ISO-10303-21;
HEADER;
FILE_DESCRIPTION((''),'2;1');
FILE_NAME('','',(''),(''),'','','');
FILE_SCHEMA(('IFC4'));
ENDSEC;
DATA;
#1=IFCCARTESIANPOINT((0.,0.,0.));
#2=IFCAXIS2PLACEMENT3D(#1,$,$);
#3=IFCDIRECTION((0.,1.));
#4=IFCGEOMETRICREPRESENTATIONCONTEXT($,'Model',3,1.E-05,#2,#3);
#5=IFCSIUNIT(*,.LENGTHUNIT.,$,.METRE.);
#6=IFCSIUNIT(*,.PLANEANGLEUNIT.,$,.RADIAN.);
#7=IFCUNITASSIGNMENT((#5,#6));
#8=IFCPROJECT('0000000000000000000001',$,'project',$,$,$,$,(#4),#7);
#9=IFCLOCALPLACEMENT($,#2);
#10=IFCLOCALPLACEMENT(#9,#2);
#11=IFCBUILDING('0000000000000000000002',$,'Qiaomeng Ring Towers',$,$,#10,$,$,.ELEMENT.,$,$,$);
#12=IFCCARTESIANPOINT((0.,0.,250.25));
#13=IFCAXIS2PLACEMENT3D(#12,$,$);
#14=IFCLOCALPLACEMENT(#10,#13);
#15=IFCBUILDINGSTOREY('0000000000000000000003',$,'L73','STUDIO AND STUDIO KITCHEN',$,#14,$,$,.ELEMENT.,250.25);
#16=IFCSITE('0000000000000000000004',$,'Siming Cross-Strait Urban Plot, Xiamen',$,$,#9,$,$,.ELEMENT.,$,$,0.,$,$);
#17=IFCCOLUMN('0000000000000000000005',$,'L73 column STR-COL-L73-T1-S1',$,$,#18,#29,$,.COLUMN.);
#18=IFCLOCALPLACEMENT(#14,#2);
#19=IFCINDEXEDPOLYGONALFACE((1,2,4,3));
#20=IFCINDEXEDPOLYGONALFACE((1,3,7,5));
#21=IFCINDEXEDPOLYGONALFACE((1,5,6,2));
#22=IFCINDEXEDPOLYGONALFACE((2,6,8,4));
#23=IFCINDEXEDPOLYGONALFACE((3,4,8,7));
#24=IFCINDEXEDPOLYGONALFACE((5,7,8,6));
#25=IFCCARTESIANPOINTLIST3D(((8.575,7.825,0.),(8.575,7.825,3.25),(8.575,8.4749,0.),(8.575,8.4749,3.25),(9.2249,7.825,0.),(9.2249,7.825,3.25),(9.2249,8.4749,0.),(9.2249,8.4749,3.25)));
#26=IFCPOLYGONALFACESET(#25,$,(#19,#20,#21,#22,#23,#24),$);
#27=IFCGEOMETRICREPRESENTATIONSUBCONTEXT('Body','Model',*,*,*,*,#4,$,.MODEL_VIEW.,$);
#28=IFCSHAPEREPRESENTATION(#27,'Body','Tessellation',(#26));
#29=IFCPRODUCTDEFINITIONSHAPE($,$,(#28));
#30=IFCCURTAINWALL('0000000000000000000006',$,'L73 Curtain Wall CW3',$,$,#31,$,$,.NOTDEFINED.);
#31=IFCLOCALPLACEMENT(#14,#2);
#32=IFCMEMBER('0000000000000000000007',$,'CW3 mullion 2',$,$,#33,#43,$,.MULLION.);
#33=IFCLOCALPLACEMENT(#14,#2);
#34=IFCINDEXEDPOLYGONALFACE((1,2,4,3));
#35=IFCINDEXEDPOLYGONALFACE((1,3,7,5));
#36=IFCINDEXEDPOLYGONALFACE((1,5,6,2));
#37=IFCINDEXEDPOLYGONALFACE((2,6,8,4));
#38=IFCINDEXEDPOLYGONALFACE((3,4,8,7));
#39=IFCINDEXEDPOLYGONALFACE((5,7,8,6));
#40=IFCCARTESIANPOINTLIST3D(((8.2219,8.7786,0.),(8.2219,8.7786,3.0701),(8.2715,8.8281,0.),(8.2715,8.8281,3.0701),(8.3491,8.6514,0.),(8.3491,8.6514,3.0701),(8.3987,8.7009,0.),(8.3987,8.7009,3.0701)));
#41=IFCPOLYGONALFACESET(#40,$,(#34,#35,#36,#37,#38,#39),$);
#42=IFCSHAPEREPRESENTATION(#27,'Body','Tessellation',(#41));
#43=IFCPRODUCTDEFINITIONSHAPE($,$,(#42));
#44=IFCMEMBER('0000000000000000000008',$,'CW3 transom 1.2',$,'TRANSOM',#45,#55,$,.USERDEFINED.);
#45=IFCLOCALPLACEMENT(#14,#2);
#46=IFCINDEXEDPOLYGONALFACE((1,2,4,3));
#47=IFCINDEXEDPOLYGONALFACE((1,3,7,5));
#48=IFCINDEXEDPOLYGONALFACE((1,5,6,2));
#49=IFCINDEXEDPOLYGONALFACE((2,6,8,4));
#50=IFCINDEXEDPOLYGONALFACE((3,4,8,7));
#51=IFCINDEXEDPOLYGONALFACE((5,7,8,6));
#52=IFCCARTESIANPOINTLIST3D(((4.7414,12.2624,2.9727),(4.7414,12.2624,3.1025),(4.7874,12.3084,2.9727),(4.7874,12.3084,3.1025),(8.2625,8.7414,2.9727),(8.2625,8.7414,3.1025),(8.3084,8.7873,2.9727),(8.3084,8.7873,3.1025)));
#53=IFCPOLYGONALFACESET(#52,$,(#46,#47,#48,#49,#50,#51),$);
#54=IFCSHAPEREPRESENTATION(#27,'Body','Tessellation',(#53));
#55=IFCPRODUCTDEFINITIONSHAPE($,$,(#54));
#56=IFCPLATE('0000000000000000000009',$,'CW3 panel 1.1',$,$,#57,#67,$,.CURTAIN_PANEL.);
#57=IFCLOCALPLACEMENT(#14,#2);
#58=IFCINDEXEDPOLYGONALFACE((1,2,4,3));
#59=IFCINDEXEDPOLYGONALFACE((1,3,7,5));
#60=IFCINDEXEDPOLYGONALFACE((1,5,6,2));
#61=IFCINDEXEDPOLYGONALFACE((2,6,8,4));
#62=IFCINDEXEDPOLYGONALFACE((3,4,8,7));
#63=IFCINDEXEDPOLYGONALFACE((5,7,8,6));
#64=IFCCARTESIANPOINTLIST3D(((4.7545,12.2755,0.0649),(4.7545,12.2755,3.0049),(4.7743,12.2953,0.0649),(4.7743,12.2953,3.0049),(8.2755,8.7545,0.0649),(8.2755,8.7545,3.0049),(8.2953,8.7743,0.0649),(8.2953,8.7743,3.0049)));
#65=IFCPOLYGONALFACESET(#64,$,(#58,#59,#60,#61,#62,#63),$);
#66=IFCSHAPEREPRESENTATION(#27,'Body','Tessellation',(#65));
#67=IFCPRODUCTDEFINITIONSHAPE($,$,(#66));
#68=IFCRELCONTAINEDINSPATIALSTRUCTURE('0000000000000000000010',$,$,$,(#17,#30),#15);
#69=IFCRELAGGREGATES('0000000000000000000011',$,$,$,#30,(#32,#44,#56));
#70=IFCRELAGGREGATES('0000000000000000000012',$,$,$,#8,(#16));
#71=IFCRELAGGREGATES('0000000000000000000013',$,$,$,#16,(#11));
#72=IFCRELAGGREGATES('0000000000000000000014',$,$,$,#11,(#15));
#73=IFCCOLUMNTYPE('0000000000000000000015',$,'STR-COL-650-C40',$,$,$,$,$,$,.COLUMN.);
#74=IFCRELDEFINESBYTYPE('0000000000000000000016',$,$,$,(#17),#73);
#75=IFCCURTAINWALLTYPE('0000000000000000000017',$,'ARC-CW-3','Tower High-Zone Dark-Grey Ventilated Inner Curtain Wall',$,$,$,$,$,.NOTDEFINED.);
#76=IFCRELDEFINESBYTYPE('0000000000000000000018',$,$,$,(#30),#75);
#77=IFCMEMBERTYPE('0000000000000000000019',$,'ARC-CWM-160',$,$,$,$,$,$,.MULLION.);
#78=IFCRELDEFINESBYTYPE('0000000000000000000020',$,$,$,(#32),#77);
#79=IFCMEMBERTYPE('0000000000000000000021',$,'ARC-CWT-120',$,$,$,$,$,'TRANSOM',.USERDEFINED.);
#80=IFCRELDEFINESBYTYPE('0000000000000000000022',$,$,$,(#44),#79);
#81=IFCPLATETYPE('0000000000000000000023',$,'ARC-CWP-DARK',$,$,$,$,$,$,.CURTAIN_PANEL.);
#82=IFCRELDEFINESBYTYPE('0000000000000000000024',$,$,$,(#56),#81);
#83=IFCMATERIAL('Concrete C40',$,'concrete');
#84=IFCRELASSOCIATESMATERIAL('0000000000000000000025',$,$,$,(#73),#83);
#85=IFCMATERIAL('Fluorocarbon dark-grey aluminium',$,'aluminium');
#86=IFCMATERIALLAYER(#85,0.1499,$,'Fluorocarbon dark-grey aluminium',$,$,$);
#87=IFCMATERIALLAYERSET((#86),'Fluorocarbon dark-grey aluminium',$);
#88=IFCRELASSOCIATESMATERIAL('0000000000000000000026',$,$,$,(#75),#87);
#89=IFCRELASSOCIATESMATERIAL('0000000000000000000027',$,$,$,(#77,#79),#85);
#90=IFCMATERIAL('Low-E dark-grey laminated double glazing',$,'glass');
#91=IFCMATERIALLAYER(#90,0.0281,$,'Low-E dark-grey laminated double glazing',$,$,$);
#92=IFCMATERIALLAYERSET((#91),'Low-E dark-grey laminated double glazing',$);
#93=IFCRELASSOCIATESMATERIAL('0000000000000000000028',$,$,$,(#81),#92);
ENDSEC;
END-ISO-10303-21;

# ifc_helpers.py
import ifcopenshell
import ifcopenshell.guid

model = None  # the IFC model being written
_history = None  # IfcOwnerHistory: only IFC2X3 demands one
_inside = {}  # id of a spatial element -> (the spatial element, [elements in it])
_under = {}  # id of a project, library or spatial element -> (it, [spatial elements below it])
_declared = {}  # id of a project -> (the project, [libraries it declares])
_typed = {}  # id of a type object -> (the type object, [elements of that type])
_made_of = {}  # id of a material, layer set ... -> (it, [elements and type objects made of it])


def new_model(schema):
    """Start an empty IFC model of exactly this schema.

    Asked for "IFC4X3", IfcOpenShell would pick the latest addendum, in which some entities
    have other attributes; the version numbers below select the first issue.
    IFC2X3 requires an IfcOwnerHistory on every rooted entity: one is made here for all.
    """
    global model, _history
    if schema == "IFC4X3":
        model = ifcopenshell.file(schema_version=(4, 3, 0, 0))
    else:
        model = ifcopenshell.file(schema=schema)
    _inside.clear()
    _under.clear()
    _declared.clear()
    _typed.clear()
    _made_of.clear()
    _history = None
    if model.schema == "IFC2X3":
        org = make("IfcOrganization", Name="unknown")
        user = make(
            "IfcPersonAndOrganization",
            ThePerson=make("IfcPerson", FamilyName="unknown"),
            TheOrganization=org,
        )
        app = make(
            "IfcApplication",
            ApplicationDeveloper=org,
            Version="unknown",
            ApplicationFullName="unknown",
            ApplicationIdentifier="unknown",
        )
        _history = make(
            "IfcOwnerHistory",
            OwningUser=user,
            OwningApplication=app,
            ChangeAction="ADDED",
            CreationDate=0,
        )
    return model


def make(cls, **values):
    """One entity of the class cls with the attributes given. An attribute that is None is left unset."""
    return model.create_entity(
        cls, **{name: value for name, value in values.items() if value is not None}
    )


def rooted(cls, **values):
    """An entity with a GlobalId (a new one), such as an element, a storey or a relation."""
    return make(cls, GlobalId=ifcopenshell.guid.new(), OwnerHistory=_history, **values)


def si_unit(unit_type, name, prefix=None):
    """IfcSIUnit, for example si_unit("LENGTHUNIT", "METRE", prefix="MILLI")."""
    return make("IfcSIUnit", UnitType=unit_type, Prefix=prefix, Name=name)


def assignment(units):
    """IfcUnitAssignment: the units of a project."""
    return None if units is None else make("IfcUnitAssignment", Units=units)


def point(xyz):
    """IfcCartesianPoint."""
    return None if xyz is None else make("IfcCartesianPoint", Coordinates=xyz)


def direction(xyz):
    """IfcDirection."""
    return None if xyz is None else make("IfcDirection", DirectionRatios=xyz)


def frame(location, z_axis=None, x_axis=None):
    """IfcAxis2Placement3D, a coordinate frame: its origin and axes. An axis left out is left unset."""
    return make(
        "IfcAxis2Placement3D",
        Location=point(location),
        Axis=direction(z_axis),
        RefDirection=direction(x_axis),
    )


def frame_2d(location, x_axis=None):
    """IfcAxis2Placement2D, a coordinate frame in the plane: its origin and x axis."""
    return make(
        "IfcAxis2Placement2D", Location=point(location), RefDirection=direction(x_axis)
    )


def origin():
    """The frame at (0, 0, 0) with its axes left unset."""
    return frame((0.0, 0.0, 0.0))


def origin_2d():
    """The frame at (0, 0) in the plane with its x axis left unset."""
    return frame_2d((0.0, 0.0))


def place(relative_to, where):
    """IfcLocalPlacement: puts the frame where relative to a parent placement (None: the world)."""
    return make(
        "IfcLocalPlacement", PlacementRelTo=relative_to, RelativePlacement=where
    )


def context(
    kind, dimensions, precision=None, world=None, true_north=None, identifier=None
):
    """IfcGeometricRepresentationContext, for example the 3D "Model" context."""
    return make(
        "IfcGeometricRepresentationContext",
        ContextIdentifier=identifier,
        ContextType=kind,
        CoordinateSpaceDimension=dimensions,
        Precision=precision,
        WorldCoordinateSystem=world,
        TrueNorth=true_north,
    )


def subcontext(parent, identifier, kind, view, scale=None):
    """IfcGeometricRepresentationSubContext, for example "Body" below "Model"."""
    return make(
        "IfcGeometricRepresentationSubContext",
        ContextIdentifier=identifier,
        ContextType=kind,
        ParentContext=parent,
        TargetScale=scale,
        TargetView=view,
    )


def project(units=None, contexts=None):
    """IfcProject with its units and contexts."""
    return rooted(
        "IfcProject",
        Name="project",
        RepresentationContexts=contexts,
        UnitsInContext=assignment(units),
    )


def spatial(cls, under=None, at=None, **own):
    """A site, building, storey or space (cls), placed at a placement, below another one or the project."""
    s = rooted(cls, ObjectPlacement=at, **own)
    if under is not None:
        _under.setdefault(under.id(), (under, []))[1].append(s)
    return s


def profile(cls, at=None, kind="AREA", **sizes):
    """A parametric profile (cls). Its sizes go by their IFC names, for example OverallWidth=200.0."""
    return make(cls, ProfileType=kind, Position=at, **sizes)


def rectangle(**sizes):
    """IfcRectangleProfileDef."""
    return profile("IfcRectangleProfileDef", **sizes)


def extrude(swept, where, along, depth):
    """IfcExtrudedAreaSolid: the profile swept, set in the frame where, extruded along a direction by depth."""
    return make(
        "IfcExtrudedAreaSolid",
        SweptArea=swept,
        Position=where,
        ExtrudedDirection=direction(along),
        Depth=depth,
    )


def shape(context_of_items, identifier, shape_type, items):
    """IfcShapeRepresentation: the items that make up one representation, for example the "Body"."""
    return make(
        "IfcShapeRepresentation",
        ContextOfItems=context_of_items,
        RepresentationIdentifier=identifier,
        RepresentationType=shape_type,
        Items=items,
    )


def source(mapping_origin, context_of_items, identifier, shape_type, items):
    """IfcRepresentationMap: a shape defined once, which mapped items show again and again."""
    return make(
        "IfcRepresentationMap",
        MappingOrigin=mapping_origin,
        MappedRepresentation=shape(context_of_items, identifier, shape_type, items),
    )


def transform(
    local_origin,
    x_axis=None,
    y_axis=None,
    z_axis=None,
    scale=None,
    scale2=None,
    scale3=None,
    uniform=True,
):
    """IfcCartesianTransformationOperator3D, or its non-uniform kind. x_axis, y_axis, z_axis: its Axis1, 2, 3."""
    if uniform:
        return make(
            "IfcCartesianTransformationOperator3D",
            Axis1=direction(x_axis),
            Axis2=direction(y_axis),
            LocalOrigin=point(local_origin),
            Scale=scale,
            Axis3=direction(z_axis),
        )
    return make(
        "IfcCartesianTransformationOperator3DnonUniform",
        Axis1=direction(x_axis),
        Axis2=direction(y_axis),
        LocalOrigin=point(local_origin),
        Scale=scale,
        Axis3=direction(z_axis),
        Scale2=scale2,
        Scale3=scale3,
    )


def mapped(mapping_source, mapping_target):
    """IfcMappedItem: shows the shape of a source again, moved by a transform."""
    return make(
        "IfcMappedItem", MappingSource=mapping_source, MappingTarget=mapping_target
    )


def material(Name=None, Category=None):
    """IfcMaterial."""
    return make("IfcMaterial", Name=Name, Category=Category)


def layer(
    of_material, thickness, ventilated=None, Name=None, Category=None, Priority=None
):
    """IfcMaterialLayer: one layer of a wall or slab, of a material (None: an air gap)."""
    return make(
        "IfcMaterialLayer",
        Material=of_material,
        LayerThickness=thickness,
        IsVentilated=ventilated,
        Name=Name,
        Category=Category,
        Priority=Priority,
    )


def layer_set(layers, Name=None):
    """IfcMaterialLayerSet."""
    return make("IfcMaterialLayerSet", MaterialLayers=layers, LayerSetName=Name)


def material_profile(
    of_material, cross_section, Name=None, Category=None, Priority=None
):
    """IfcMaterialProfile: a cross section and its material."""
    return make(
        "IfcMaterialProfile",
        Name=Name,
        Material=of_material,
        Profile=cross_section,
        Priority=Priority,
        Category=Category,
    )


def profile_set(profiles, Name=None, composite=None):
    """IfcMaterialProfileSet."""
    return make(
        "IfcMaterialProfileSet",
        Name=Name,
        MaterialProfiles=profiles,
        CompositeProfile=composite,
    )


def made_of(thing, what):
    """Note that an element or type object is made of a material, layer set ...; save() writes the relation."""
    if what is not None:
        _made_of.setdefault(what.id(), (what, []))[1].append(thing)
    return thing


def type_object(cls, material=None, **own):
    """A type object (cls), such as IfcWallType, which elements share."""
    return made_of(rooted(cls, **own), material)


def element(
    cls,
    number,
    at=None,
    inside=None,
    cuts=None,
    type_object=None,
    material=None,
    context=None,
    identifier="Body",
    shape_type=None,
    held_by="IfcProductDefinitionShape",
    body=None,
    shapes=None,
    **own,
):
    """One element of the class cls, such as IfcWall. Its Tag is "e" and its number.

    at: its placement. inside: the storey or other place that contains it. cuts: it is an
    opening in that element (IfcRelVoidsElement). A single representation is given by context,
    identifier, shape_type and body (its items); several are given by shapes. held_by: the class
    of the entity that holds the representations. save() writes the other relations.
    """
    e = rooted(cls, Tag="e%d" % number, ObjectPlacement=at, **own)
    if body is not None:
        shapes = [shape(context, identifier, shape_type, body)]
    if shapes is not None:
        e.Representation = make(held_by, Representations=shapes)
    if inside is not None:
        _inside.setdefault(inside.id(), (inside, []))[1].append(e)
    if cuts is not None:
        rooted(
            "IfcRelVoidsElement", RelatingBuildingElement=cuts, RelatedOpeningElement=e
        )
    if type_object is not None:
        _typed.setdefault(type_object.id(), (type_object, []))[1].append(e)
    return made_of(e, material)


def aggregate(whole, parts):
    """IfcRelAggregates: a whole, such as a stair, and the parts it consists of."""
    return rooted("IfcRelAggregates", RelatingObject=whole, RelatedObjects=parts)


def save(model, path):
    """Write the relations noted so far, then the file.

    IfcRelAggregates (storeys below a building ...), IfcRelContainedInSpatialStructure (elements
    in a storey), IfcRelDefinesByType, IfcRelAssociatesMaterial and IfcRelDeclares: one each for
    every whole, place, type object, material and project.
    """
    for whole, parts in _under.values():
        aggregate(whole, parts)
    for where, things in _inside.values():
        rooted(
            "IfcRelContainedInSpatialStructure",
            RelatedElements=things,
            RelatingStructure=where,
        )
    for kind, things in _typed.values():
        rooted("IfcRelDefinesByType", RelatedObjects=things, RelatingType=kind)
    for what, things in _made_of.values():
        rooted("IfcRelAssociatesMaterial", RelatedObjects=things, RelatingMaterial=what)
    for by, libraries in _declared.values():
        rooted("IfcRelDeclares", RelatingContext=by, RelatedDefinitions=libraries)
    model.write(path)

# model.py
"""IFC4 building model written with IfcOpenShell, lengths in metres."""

from ifc_helpers import new_model, si_unit, direction, frame, origin, origin_2d, place, context, subcontext, project, spatial, rectangle, extrude, source, transform, mapped, material, layer, layer_set, material_profile, profile_set, type_object, element, aggregate, save


model = new_model("IFC4")

# Units and contexts
model_context = context("Model", 3, precision=1e-05, world=origin(), true_north=direction((0.0, 1.0)))
body_context = subcontext(model_context, "Body", "Model", "MODEL_VIEW")
ifc_project = project(units=[si_unit("LENGTHUNIT", "METRE"), si_unit("PLANEANGLEUNIT", "RADIAN")], contexts=[model_context])

# Site, building, storey
site_placement = place(None, origin())
site = spatial("IfcSite", under=ifc_project, at=site_placement, Name="Siming Cross-Strait Urban Plot, Xiamen", CompositionType="ELEMENT", RefElevation=0.0)
building_placement = place(site_placement, origin())
building = spatial("IfcBuilding", under=site, at=building_placement, Name="Qiaomeng Ring Towers", CompositionType="ELEMENT")
storey_placement = place(building_placement, frame((0.0, 0.0, 250.25)))
storey = spatial("IfcBuildingStorey", under=building, at=storey_placement, Name="L73", Description="STUDIO AND STUDIO KITCHEN", CompositionType="ELEMENT", Elevation=250.25)

# Column
ifc_material_1 = material(Name="Concrete C40", Category="concrete")
ifc_material_profile_1 = material_profile(ifc_material_1, rectangle(XDim=0.6499, YDim=0.6499, at=origin_2d()), Name="RC COL 650x650")
ifc_profile_set_1 = profile_set([ifc_material_profile_1], Name="Concrete C40")
column_type = type_object("IfcColumnType", Name="STR-COL-650-C40", PredefinedType="COLUMN", material=ifc_profile_set_1)
shared_shape_1 = source(origin(), body_context, "Body", "SweptSolid", [
    extrude(rectangle(XDim=0.6499, YDim=0.6499, at=origin_2d()), origin(), (0.0, 0.0, 1.0), 3.25),
])
column_placement = place(storey_placement, frame((8.8999, 8.1499, 0.0), z_axis=(0.0, 0.0, 1.0), x_axis=(1.0, 0.0, 0.0)))
element("IfcColumn", 1, at=column_placement, inside=storey, type_object=column_type, Name="L73 column STR-COL-L73-T1-S1", PredefinedType="COLUMN", context=body_context, shape_type="MappedRepresentation", body=[
    mapped(shared_shape_1, transform((0.0, 0.0, 0.0), x_axis=(1.0, 0.0, 0.0), y_axis=(0.0, 1.0, 0.0), z_axis=(0.0, 0.0, 1.0), scale=1.0)),
])

# Curtain wall, members, plate
ifc_material_2 = material(Name="Fluorocarbon dark-grey aluminium", Category="aluminium")
ifc_layer_1 = layer(ifc_material_2, 0.1499, Name="Fluorocarbon dark-grey aluminium")
ifc_layer_set_1 = layer_set([ifc_layer_1], Name="Fluorocarbon dark-grey aluminium")
curtain_wall_type = type_object("IfcCurtainWallType", Name="ARC-CW-3", Description="Tower High-Zone Dark-Grey Ventilated Inner Curtain Wall", PredefinedType="NOTDEFINED", material=ifc_layer_set_1)
curtain_wall_placement = place(storey_placement, origin())
curtain_wall = element("IfcCurtainWall", 2, at=curtain_wall_placement, inside=storey, type_object=curtain_wall_type, Name="L73 Curtain Wall CW3", PredefinedType="NOTDEFINED")
ifc_material_profile_2 = material_profile(ifc_material_2, rectangle(XDim=0.0701, YDim=0.1799, at=origin_2d()), Name="ALU MULL 70x180")
ifc_profile_set_2 = profile_set([ifc_material_profile_2], Name="Fluorocarbon dark-grey aluminium")
member_type_1 = type_object("IfcMemberType", Name="ARC-CWM-160", PredefinedType="MULLION", material=ifc_profile_set_2)
shared_shape_2 = source(origin(), body_context, "Body", "SweptSolid", [
    extrude(rectangle(XDim=0.0701, YDim=0.1799, at=origin_2d()), origin(), (0.0, 0.0, 1.0), 3.0701),
])
member_1_placement = place(storey_placement, frame((8.3103, 8.7397, 0.0), z_axis=(0.0, 0.0, 1.0), x_axis=(0.707107, 0.707107, 0.0)))
member_1 = element("IfcMember", 3, at=member_1_placement, type_object=member_type_1, Name="CW3 mullion 2", PredefinedType="MULLION", context=body_context, shape_type="MappedRepresentation", body=[
    mapped(shared_shape_2, transform((0.0, 0.0, 0.0), x_axis=(1.0, 0.0, 0.0), y_axis=(0.0, 1.0, 0.0), z_axis=(0.0, 0.0, 1.0), scale=1.0)),
])
ifc_material_profile_3 = material_profile(ifc_material_2, rectangle(XDim=0.0649, YDim=0.1299, at=origin_2d()), Name="ALU TRAN 65x130")
ifc_profile_set_3 = profile_set([ifc_material_profile_3], Name="Fluorocarbon dark-grey aluminium")
member_type_2 = type_object("IfcMemberType", Name="ARC-CWT-120", ElementType="TRANSOM", PredefinedType="USERDEFINED", material=ifc_profile_set_3)
shared_shape_3 = source(origin(), body_context, "Body", "SweptSolid", [
    extrude(rectangle(XDim=0.0649, YDim=0.1299, at=origin_2d()), origin(), (0.0, 0.0, 1.0), 4.9795),
])
member_2_placement = place(storey_placement, frame((4.7644, 12.2854, 3.0376), z_axis=(0.707107, -0.707107, 0.0), x_axis=(0.707107, 0.707107, 0.0)))
member_2 = element("IfcMember", 4, at=member_2_placement, type_object=member_type_2, Name="CW3 transom 1.2", ObjectType="TRANSOM", PredefinedType="USERDEFINED", context=body_context, shape_type="MappedRepresentation", body=[
    mapped(shared_shape_3, transform((0.0, 0.0, 0.0), x_axis=(1.0, 0.0, 0.0), y_axis=(0.0, 1.0, 0.0), z_axis=(0.0, 0.0, 1.0), scale=1.0)),
])
ifc_material_3 = material(Name="Low-E dark-grey laminated double glazing", Category="glass")
ifc_layer_2 = layer(ifc_material_3, 0.0281, Name="Low-E dark-grey laminated double glazing")
ifc_layer_set_2 = layer_set([ifc_layer_2], Name="Low-E dark-grey laminated double glazing")
plate_type = type_object("IfcPlateType", Name="ARC-CWP-DARK", PredefinedType="CURTAIN_PANEL", material=ifc_layer_set_2)
shared_shape_4 = source(origin(), body_context, "Body", "SweptSolid", [
    extrude(rectangle(XDim=4.9795, YDim=0.0281, at=origin_2d()), origin(), (0.0, 0.0, 1.0), 2.9399),
])
plate_placement = place(storey_placement, frame((6.5249, 10.5249, 0.0649), z_axis=(0.0, 0.0, 1.0), x_axis=(0.707107, -0.707107, 0.0)))
plate = element("IfcPlate", 5, at=plate_placement, type_object=plate_type, Name="CW3 panel 1.1", PredefinedType="CURTAIN_PANEL", context=body_context, shape_type="MappedRepresentation", body=[
    mapped(shared_shape_4, transform((0.0, 0.0, 0.0), x_axis=(1.0, 0.0, 0.0), y_axis=(0.0, 1.0, 0.0), z_axis=(0.0, 0.0, 1.0), scale=1.0)),
])
aggregate(curtain_wall, [member_1, member_2, plate])

save(model, "model.ifc")
